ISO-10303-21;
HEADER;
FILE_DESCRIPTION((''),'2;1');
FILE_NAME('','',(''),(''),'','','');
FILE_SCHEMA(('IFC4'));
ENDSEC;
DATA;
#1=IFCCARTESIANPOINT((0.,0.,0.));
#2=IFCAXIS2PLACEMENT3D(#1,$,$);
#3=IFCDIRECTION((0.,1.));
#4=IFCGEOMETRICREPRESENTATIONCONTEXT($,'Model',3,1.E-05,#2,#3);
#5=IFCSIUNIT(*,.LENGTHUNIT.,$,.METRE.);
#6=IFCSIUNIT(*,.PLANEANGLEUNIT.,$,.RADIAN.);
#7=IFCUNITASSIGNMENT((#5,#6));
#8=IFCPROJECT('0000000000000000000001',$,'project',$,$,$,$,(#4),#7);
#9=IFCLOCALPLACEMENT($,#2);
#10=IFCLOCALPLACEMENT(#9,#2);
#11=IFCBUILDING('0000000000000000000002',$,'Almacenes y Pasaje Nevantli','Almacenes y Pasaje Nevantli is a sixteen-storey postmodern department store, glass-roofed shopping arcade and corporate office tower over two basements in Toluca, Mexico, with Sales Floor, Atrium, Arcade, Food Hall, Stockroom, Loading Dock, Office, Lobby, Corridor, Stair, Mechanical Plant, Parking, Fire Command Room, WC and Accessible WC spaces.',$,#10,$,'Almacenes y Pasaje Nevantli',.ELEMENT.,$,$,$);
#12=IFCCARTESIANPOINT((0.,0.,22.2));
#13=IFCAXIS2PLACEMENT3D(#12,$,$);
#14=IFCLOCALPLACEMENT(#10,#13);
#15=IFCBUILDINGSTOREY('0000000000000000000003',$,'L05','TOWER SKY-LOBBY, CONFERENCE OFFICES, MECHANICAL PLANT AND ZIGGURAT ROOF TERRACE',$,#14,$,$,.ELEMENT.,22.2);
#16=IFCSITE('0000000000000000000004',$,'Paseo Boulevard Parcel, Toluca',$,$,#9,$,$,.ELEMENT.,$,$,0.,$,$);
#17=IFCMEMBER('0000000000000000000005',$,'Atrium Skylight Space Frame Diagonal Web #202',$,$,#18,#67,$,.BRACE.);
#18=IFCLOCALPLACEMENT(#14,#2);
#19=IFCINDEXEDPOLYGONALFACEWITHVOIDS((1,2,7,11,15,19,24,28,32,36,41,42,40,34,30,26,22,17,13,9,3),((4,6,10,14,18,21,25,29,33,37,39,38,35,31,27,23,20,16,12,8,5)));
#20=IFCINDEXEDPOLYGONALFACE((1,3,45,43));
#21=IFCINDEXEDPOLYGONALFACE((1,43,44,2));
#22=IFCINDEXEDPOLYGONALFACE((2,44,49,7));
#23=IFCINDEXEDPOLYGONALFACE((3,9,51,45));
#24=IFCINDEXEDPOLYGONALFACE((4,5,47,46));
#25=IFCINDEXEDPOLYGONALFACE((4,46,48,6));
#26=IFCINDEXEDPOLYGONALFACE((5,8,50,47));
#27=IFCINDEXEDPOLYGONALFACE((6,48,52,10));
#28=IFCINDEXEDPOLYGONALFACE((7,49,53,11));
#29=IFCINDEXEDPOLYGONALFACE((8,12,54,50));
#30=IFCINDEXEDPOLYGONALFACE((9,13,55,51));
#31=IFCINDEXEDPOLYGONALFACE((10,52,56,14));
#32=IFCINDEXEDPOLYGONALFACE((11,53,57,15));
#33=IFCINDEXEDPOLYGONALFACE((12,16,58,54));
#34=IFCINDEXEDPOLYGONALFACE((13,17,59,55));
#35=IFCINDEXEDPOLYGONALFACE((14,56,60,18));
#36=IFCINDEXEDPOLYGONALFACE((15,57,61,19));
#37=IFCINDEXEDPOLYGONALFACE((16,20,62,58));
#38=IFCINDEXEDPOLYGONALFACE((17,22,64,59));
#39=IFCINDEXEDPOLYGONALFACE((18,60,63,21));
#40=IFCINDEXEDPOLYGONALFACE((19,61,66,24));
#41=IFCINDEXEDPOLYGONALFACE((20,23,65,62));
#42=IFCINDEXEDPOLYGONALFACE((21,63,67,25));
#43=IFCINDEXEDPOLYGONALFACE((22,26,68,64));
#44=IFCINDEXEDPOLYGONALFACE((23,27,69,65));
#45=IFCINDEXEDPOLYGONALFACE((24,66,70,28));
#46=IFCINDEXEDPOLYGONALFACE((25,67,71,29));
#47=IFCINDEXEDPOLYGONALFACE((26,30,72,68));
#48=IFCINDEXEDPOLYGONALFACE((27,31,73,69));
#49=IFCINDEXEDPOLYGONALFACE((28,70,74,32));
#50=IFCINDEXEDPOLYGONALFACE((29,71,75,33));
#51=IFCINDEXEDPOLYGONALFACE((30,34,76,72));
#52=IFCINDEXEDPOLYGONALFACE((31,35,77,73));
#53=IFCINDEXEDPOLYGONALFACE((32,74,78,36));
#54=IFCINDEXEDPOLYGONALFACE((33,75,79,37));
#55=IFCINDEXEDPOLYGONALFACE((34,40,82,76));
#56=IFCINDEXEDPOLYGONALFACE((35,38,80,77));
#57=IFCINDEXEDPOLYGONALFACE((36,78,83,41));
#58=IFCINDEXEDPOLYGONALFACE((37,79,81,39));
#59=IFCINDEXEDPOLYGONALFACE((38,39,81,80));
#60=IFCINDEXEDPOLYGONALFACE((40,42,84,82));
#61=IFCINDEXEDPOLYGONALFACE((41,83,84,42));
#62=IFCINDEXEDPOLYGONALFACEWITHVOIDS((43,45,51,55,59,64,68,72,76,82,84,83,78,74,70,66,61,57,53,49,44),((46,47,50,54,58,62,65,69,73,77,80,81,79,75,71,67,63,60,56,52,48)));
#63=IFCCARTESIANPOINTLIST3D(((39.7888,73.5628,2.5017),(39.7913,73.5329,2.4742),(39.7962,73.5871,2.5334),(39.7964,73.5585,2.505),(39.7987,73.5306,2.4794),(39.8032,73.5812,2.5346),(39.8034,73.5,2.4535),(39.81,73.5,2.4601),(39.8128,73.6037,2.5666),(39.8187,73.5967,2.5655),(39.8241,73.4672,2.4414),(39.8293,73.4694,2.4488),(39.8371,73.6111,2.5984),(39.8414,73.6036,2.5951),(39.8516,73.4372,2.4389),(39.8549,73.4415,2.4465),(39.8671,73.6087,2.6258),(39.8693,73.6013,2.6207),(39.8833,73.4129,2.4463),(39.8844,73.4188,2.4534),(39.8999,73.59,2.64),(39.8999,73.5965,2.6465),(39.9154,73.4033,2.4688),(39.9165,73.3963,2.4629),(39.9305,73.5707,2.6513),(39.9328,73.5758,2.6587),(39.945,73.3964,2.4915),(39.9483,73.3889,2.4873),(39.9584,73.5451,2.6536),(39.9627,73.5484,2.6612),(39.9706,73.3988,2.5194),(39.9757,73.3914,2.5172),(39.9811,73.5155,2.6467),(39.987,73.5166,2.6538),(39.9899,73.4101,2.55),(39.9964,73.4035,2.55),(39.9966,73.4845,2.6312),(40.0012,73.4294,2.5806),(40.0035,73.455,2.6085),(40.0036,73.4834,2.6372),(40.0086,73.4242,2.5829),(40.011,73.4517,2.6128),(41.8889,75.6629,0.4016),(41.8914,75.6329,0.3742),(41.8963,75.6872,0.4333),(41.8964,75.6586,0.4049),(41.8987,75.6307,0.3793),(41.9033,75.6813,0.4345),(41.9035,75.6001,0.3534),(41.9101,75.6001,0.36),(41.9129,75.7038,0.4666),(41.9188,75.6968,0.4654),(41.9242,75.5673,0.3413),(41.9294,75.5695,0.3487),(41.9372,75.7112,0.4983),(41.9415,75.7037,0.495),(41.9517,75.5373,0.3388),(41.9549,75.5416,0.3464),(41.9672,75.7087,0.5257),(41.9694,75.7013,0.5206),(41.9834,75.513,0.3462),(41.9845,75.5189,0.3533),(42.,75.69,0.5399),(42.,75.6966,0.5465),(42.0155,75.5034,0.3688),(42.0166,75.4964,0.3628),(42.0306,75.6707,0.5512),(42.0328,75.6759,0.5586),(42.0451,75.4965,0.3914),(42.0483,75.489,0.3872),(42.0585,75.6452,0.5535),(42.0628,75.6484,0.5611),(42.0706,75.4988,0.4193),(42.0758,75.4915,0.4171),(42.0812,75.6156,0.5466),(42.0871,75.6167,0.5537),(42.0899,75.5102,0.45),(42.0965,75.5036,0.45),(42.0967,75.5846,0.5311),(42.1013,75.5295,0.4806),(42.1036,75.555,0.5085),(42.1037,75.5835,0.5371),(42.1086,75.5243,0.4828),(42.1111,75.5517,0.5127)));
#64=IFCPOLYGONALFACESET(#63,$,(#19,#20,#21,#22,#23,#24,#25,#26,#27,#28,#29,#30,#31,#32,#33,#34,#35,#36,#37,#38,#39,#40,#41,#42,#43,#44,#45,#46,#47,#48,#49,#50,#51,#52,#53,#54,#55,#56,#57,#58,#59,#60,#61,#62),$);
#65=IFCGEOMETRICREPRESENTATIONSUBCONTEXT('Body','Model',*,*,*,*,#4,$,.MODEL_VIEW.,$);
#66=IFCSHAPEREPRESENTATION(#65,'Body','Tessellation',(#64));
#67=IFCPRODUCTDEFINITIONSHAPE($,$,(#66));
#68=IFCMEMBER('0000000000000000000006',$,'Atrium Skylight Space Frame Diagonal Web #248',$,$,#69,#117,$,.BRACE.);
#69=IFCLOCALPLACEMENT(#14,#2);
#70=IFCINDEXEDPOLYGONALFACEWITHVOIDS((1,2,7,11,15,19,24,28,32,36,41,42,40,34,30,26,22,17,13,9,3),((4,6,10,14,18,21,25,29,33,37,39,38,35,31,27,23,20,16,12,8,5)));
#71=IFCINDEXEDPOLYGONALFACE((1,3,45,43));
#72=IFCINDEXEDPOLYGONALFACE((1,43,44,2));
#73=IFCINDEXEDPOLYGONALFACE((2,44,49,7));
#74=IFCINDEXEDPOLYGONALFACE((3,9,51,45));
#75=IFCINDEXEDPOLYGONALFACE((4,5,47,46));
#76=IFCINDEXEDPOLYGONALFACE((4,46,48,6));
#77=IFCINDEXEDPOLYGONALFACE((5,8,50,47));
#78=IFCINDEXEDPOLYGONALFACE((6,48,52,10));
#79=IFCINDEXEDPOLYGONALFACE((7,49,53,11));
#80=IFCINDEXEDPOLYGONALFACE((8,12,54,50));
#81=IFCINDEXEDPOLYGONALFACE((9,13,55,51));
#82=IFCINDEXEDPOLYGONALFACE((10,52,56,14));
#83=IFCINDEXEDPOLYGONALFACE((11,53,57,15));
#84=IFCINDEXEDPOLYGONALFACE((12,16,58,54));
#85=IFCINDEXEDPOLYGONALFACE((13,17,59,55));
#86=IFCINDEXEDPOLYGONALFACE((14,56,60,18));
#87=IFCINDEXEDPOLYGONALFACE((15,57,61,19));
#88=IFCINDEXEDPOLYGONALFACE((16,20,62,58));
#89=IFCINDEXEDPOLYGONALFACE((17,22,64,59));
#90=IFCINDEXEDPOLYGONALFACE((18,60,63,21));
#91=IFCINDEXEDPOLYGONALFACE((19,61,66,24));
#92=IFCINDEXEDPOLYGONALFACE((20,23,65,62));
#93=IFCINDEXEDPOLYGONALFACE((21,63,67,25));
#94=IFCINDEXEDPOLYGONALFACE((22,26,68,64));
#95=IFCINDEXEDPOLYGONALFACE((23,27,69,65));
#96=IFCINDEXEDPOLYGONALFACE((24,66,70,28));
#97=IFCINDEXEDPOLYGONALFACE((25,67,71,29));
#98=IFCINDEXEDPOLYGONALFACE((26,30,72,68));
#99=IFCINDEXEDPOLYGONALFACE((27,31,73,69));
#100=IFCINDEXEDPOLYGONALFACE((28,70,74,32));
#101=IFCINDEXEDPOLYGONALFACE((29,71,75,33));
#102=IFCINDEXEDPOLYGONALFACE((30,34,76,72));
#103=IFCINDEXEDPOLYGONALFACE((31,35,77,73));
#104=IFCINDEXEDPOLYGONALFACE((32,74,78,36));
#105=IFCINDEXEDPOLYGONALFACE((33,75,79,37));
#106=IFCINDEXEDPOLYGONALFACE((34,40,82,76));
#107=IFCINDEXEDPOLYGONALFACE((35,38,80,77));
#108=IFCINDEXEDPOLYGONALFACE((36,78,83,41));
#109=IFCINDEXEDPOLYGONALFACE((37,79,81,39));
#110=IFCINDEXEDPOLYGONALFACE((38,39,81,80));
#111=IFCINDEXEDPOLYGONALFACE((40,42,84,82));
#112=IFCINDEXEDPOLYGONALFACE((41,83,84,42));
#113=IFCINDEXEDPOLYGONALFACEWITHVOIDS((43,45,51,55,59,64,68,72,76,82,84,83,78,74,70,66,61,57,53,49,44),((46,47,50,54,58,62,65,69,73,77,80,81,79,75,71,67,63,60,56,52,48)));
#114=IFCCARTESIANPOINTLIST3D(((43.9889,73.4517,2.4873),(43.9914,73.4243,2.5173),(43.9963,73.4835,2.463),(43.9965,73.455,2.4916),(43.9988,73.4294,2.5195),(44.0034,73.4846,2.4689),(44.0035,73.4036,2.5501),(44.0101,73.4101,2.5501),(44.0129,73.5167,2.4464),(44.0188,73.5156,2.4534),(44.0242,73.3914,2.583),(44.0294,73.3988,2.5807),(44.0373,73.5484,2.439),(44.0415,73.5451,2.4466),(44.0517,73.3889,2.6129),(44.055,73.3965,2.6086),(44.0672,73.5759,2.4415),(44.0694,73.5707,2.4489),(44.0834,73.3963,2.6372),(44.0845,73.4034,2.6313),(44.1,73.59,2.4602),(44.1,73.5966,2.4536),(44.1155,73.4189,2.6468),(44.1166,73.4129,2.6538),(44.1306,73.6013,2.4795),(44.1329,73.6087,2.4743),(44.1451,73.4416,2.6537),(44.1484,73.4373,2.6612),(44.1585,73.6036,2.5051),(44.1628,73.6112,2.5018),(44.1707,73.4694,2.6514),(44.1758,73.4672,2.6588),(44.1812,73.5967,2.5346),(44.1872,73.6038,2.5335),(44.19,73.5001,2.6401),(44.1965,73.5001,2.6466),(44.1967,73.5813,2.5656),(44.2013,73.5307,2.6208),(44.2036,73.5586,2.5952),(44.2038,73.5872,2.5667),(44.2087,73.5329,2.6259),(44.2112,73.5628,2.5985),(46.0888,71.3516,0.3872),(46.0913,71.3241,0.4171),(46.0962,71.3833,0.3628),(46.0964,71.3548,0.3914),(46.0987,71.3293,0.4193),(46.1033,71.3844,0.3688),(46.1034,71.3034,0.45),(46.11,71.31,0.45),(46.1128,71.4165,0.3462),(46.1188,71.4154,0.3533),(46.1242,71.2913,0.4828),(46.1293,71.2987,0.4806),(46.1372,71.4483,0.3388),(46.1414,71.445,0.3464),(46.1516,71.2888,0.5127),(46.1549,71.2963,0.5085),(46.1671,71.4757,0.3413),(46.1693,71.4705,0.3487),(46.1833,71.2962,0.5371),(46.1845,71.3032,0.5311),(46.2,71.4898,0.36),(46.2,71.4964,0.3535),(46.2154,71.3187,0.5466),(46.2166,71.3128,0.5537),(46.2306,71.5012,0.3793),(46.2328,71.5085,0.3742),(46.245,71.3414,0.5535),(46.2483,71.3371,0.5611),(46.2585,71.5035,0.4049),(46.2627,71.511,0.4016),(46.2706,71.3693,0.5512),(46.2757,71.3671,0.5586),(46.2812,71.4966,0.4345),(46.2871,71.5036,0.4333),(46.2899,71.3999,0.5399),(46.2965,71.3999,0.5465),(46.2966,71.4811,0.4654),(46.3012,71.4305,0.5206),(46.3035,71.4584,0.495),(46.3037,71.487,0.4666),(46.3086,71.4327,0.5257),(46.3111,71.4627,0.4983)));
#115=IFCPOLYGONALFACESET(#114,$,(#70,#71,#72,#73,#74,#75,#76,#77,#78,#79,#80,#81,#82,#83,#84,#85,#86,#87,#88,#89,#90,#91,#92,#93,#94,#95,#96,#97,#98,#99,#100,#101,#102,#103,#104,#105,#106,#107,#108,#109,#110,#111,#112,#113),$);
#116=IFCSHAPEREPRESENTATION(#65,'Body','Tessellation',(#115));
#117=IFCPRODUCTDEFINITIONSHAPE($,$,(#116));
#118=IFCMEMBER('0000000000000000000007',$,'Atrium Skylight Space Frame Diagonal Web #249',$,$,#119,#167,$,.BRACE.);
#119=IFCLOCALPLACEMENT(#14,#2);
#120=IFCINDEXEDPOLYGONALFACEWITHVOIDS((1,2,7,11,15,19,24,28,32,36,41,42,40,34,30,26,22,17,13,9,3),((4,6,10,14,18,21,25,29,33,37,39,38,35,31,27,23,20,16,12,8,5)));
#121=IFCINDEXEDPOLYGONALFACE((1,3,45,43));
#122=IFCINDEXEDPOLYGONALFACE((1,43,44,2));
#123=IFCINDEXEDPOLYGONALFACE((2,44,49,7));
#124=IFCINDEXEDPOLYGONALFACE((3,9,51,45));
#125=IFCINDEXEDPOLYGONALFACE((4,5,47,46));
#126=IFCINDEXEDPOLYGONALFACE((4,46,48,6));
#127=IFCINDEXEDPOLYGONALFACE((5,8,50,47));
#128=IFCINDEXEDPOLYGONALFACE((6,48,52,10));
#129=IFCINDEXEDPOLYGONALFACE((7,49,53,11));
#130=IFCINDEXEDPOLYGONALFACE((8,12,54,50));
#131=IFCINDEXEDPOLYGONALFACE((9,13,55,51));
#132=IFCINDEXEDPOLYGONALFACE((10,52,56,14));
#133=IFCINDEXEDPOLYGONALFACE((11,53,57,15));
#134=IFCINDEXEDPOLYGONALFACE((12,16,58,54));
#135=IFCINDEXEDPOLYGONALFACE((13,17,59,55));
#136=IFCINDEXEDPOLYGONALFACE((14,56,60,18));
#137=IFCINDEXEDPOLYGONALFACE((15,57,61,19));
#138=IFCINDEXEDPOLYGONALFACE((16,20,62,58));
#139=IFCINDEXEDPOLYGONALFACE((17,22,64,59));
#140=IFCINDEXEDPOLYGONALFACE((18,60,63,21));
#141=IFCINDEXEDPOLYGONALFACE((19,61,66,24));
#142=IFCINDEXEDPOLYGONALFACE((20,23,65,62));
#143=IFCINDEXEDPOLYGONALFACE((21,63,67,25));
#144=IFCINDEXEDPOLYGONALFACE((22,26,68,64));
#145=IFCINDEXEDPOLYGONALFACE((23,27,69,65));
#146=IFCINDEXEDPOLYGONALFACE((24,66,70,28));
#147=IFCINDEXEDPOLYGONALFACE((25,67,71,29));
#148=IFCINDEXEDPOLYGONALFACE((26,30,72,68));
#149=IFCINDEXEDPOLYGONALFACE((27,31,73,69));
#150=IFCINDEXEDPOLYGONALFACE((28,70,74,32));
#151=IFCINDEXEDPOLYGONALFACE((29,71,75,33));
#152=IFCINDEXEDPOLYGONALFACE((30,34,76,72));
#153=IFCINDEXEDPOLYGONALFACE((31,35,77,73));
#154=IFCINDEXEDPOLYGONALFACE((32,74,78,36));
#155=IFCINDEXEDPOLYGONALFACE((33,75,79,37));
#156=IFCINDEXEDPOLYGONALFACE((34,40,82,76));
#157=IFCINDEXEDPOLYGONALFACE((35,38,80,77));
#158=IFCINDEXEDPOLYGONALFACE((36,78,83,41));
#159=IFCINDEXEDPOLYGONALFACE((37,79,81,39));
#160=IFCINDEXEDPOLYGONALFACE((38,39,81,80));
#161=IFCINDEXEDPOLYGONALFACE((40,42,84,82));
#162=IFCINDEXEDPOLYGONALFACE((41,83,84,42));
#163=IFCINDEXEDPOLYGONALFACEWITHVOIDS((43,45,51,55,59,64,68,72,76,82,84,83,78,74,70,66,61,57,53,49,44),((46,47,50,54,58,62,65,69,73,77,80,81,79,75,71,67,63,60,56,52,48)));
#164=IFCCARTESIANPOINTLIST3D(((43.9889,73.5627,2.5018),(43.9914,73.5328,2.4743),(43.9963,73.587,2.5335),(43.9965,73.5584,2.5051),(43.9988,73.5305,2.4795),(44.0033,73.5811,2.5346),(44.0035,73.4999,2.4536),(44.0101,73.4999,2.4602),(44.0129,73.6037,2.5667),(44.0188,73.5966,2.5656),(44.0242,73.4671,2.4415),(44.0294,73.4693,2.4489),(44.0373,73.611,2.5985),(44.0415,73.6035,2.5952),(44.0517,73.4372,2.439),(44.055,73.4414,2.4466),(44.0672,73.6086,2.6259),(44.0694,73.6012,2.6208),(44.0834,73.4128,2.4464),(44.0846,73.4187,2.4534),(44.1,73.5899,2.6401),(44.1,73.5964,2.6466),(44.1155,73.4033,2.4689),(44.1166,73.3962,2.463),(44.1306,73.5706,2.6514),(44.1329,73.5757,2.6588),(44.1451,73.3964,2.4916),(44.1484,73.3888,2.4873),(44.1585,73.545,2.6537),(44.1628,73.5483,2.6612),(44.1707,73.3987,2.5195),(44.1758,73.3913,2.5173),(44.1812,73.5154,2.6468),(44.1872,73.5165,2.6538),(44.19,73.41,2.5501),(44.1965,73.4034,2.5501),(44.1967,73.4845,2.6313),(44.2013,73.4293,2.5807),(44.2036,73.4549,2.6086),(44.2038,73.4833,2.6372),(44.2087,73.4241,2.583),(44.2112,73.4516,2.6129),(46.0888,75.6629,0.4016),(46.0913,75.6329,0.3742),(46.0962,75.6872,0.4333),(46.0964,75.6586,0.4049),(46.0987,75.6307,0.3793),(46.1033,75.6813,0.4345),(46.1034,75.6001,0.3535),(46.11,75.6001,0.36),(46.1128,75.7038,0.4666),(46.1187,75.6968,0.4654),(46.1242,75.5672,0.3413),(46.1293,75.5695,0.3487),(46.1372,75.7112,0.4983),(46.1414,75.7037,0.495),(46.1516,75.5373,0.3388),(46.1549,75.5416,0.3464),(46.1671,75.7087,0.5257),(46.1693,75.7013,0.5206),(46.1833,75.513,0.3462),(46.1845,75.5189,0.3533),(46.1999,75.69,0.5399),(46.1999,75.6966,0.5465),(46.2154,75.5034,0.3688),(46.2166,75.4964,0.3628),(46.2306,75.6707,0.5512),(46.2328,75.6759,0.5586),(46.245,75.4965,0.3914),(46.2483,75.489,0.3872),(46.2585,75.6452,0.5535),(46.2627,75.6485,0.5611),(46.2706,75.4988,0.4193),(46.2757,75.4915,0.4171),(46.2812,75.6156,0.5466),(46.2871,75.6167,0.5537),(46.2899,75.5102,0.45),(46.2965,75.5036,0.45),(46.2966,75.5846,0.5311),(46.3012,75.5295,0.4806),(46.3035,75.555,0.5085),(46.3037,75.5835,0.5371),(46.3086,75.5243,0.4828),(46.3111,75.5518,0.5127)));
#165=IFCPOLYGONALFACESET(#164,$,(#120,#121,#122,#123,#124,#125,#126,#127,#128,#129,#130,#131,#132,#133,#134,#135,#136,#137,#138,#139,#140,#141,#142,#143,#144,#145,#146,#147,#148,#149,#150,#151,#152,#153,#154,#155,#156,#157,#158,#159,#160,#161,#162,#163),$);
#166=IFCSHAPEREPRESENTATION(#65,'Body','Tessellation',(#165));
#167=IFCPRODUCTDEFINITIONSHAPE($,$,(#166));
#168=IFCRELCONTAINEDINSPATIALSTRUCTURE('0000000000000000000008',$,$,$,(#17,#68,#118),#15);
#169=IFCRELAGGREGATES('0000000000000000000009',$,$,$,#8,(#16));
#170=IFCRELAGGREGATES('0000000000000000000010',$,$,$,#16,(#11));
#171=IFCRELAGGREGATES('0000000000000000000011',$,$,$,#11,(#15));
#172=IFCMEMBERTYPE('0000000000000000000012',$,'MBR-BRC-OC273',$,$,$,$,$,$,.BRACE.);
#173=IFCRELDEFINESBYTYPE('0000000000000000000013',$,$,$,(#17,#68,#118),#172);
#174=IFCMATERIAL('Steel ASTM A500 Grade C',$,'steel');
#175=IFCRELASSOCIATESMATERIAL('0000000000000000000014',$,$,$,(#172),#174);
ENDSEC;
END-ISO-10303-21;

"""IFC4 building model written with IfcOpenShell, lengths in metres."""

from ifc_helpers import new_model, si_unit, direction, frame, origin, origin_2d, place, context, subcontext, project, spatial, hollow_circle, extrude, material, material_profile, profile_set, type_object, element, save


model = new_model("IFC4")

# Units and contexts
model_context = context("Model", 3, precision=1e-05, world=origin(), true_north=direction((0.0, 1.0)))
body_context = subcontext(model_context, "Body", "Model", "MODEL_VIEW")
ifc_project = project(units=[si_unit("LENGTHUNIT", "METRE"), si_unit("PLANEANGLEUNIT", "RADIAN")], contexts=[model_context])

# Site, building, storey
site_placement = place(None, origin())
site = spatial("IfcSite", under=ifc_project, at=site_placement, Name="Paseo Boulevard Parcel, Toluca", CompositionType="ELEMENT", RefElevation=0.0)
building_placement = place(site_placement, origin())
building = spatial("IfcBuilding", under=site, at=building_placement, Name="Almacenes y Pasaje Nevantli", Description="Almacenes y Pasaje Nevantli is a sixteen-storey postmodern department store, glass-roofed shopping arcade and corporate office tower over two basements in Toluca, Mexico, with Sales Floor, Atrium, Arcade, Food Hall, Stockroom, Loading Dock, Office, Lobby, Corridor, Stair, Mechanical Plant, Parking, Fire Command Room, WC and Accessible WC spaces.", LongName="Almacenes y Pasaje Nevantli", CompositionType="ELEMENT")
storey_placement = place(building_placement, frame((0.0, 0.0, 22.2)))
storey = spatial("IfcBuildingStorey", under=building, at=storey_placement, Name="L05", Description="TOWER SKY-LOBBY, CONFERENCE OFFICES, MECHANICAL PLANT AND ZIGGURAT ROOF TERRACE", CompositionType="ELEMENT", Elevation=22.2)

# Members
ifc_material_1 = material(Name="Steel ASTM A500 Grade C", Category="steel")
ifc_material_profile_1 = material_profile(ifc_material_1, hollow_circle(Radius=0.1365, WallThickness=0.0093, at=origin_2d()), Name="OC 273x9.3")
ifc_profile_set_1 = profile_set([ifc_material_profile_1], Name="Steel ASTM A500 Grade C")
member_type_1 = type_object("IfcMemberType", Name="MBR-BRC-OC273", PredefinedType="BRACE", material=ifc_profile_set_1)
for number, where, z_axis, x_axis, name in (
    (1, (42.0, 75.6001, 0.45), (-0.57735, -0.57735, 0.57735), (0.707107, -0.707107, 0.0), "Atrium Skylight Space Frame Diagonal Web #202"),
    (2, (46.2, 71.3999, 0.45), (-0.577306, 0.577373, 0.577373), (-0.707148, -0.707066, 0.0), "Atrium Skylight Space Frame Diagonal Web #248"),
    (3, (46.2, 75.6001, 0.45), (-0.577306, -0.577373, 0.577373), (0.707148, -0.707066, 0.0), "Atrium Skylight Space Frame Diagonal Web #249"),
):
    element("IfcMember", number, at=place(storey_placement, frame(where, z_axis=z_axis, x_axis=x_axis)), inside=storey, type_object=member_type_1, Name=name, PredefinedType="BRACE", context=body_context, shape_type="SweptSolid", body=[
        extrude(hollow_circle(Radius=0.1365, WallThickness=0.0093, at=origin_2d()), origin(), (0.0, 0.0, 1.0), 3.6375),
    ])

save(model, "model.ifc")
